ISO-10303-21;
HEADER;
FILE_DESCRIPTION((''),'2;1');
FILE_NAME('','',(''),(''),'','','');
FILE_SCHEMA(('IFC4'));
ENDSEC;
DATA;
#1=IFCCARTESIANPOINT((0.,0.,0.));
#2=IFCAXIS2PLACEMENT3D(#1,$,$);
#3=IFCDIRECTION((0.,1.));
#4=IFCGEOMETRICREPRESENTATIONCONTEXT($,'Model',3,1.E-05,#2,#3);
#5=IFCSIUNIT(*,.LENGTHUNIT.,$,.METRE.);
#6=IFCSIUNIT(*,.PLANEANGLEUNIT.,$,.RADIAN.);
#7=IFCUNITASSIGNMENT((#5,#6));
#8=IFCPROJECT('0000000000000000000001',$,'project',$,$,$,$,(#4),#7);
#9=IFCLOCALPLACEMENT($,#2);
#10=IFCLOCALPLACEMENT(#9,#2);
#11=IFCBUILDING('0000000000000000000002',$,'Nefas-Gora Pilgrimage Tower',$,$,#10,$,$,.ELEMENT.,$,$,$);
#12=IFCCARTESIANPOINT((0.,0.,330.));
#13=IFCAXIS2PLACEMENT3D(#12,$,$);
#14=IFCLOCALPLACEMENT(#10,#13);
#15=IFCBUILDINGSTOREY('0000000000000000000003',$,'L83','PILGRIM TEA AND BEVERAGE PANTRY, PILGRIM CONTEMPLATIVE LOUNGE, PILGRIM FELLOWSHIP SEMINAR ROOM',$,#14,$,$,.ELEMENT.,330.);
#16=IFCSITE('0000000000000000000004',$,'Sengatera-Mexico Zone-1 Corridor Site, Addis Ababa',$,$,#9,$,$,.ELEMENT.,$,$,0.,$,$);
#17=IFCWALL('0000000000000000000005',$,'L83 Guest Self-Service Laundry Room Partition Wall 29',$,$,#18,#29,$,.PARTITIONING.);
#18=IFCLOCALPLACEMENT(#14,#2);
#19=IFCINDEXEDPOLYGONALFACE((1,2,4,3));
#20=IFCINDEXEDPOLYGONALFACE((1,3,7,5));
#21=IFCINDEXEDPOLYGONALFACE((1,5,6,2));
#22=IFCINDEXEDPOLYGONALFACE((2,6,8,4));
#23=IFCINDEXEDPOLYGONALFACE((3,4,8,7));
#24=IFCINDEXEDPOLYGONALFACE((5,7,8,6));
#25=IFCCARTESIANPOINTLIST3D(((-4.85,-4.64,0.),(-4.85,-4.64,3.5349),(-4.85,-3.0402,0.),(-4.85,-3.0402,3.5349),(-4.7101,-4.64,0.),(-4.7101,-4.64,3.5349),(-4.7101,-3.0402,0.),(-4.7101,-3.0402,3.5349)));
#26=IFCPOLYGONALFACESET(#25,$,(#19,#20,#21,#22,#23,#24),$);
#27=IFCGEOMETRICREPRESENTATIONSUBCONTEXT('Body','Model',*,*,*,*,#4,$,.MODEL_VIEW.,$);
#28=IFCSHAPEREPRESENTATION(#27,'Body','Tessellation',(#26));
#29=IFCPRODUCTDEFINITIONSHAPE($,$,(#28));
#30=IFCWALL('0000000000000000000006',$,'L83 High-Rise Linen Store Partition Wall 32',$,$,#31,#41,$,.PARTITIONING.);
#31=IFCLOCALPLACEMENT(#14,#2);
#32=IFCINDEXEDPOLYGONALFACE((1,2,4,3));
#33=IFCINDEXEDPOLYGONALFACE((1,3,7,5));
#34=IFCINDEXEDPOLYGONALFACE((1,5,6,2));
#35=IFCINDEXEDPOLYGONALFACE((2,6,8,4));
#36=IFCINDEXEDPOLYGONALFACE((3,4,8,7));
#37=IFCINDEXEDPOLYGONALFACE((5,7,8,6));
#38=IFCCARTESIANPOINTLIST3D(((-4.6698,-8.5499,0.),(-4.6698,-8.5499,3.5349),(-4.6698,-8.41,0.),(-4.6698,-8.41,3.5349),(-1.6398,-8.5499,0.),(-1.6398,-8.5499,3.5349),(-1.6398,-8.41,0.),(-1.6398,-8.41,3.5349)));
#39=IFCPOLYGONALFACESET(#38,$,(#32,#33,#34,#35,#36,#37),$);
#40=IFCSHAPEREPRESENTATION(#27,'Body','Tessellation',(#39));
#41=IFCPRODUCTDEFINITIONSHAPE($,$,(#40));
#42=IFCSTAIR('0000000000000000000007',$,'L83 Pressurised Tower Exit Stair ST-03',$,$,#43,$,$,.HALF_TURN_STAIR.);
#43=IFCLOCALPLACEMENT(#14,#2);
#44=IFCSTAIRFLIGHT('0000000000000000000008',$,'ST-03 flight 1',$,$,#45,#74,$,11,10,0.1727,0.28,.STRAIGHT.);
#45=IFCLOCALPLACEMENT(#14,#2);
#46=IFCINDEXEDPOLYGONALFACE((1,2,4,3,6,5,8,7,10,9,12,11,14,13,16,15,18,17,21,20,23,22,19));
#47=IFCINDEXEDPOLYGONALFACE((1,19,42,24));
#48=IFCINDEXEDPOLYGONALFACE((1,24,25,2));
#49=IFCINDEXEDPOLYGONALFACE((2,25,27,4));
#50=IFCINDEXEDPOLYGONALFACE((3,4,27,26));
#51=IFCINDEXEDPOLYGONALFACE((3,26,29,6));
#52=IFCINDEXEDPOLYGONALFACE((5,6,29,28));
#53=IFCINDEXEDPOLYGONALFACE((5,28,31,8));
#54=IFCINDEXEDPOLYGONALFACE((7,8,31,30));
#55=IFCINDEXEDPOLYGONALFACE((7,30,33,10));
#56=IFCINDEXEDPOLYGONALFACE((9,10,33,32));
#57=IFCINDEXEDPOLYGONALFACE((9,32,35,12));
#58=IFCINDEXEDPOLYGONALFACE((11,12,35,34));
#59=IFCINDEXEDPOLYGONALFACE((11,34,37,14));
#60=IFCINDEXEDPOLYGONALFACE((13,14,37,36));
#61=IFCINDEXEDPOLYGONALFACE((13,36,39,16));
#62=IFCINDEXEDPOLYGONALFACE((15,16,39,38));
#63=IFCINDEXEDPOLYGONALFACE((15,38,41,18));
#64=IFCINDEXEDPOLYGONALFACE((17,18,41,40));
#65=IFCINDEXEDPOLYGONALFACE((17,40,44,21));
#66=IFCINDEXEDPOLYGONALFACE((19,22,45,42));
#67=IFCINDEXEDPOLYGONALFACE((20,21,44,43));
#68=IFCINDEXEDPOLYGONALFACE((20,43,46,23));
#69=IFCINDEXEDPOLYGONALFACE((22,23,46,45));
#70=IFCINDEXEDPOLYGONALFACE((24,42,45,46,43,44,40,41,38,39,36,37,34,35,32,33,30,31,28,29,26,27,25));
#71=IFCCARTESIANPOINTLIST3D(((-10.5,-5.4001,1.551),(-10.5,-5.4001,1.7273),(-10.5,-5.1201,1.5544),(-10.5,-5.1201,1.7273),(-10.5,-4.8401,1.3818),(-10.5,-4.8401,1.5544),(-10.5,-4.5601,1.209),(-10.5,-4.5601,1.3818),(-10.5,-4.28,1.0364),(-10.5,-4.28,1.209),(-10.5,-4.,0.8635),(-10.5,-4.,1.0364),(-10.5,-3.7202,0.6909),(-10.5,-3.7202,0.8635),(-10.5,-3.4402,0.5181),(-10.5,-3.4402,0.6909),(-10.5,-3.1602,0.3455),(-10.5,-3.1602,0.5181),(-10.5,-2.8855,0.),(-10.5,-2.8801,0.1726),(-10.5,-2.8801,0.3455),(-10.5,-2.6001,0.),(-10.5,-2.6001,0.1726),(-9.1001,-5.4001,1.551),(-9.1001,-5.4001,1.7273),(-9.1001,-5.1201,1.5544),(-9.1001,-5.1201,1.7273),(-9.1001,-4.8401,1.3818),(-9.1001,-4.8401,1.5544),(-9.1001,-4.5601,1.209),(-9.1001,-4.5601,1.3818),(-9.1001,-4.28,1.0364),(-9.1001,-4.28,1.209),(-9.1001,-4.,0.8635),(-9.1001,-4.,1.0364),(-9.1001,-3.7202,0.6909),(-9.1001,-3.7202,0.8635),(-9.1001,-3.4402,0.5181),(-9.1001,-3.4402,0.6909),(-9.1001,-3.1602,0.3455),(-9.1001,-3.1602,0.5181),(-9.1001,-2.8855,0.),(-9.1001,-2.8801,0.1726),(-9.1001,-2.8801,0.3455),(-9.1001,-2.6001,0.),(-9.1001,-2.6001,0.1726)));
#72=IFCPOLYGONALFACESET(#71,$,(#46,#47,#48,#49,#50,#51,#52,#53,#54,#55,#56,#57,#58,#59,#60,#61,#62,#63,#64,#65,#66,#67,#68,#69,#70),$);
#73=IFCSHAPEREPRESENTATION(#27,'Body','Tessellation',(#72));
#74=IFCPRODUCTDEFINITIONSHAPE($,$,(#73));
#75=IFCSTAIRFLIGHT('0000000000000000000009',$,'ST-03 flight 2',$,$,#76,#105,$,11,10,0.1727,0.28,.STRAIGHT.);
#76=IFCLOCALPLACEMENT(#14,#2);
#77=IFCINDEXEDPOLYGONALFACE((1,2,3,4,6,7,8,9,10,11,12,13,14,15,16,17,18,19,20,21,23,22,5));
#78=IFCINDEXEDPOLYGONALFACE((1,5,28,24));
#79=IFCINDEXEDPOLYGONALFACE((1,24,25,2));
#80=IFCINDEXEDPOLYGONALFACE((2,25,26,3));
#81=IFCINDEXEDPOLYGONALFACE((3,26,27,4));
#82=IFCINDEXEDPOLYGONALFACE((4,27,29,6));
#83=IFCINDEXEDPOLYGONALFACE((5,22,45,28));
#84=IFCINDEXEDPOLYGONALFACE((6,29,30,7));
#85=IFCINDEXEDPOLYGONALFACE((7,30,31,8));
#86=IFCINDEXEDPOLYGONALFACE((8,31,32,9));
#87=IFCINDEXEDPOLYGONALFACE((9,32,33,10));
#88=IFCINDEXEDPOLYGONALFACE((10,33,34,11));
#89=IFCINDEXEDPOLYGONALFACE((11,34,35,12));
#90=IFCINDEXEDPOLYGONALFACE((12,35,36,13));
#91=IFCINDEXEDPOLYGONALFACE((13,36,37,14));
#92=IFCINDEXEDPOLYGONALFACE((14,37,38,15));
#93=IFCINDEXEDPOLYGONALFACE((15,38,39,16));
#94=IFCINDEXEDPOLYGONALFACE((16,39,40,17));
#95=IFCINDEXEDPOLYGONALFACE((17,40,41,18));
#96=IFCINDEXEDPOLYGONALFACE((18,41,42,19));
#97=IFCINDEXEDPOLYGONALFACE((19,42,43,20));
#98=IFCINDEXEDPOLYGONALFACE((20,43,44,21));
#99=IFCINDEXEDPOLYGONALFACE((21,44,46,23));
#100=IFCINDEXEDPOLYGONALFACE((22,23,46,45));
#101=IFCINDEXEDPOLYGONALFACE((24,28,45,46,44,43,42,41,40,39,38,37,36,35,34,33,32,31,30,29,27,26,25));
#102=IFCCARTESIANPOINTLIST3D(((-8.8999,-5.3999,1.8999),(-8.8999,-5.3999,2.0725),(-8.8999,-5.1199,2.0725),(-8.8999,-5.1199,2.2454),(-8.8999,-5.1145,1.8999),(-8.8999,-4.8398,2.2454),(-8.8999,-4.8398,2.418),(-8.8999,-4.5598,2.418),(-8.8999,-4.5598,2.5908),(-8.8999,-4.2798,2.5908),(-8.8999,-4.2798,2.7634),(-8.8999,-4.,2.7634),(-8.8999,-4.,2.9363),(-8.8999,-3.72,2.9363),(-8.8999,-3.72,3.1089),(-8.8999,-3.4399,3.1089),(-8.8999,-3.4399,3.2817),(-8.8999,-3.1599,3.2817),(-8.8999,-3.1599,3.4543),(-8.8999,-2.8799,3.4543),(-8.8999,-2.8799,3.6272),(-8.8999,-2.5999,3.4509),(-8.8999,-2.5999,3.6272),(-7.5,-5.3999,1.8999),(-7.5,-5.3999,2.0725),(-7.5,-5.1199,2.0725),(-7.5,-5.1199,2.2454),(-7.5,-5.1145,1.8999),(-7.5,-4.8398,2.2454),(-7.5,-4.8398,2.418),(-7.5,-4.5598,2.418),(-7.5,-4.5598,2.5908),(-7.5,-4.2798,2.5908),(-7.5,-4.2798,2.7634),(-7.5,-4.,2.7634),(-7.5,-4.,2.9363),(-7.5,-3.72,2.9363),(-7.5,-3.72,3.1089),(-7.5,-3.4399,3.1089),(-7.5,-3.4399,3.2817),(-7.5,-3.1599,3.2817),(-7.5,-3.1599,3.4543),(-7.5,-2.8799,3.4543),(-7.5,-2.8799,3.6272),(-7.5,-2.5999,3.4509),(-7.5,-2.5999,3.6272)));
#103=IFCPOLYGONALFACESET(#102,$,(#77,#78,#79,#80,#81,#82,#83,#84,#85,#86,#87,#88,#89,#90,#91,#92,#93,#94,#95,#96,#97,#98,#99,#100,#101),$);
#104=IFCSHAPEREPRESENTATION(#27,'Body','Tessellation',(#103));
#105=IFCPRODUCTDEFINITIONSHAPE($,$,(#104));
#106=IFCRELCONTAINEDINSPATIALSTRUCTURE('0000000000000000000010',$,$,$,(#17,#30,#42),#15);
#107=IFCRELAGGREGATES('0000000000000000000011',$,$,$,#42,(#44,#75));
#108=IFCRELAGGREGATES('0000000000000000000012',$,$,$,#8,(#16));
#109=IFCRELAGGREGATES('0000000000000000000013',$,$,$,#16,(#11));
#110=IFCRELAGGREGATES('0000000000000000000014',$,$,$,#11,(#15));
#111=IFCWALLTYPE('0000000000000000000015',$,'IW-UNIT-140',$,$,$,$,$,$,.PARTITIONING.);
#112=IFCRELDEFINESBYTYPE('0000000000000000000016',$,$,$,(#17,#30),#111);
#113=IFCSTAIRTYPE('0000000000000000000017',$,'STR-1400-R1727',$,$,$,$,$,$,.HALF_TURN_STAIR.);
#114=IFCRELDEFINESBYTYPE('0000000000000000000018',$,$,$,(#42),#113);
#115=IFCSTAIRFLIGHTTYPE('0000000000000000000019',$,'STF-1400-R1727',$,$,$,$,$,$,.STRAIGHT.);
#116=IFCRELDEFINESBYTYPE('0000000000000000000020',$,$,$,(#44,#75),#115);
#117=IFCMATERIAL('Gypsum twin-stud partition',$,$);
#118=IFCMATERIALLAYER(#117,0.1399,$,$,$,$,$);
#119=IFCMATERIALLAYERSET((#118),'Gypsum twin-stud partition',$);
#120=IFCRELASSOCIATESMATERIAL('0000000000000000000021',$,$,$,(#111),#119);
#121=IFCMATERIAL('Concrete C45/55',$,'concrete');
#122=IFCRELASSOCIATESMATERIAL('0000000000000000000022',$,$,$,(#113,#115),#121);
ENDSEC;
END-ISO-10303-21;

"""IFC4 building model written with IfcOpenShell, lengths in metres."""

from ifc_helpers import new_model, si_unit, direction, frame, frame_2d, origin, place, context, subcontext, project, spatial, polyline, rectangle, outline, extrude, source, transform, mapped, material, layer, layer_set, type_object, element, aggregate, save


model = new_model("IFC4")

# Units and contexts
model_context = context("Model", 3, precision=1e-05, world=origin(), true_north=direction((0.0, 1.0)))
body_context = subcontext(model_context, "Body", "Model", "MODEL_VIEW")
ifc_project = project(units=[si_unit("LENGTHUNIT", "METRE"), si_unit("PLANEANGLEUNIT", "RADIAN")], contexts=[model_context])

# Site, building, storey
site_placement = place(None, origin())
site = spatial("IfcSite", under=ifc_project, at=site_placement, Name="Sengatera-Mexico Zone-1 Corridor Site, Addis Ababa", CompositionType="ELEMENT", RefElevation=0.0)
building_placement = place(site_placement, origin())
building = spatial("IfcBuilding", under=site, at=building_placement, Name="Nefas-Gora Pilgrimage Tower", CompositionType="ELEMENT")
storey_placement = place(building_placement, frame((0.0, 0.0, 330.0)))
storey = spatial("IfcBuildingStorey", under=building, at=storey_placement, Name="L83", Description="PILGRIM TEA AND BEVERAGE PANTRY, PILGRIM CONTEMPLATIVE LOUNGE, PILGRIM FELLOWSHIP SEMINAR ROOM", CompositionType="ELEMENT", Elevation=330.0)

# Shared definitions
ifc_material_1 = material(Name="Concrete C45/55", Category="concrete")

# Walls
ifc_material_2 = material(Name="Gypsum twin-stud partition")
ifc_layer_1 = layer(ifc_material_2, 0.1399)
ifc_layer_set_1 = layer_set([ifc_layer_1], Name="Gypsum twin-stud partition")
wall_type_1 = type_object("IfcWallType", Name="IW-UNIT-140", PredefinedType="PARTITIONING", material=ifc_layer_set_1)
shared_shape_1 = source(origin(), body_context, "Body", "SweptSolid", [
    extrude(rectangle(XDim=1.5999, YDim=0.1399, at=frame_2d((0.7998, 0.0))), origin(), (0.0, 0.0, 1.0), 3.5349),
])
wall_1_placement = place(storey_placement, frame((-4.78, -4.6399, 0.0), z_axis=(0.0, 0.0, 1.0), x_axis=(0.0, 1.0, 0.0)))
element("IfcWall", 1, at=wall_1_placement, inside=storey, type_object=wall_type_1, Name="L83 Guest Self-Service Laundry Room Partition Wall 29", PredefinedType="PARTITIONING", context=body_context, shape_type="MappedRepresentation", body=[
    mapped(shared_shape_1, transform((0.0, 0.0, 0.0), x_axis=(1.0, 0.0, 0.0), y_axis=(0.0, 1.0, 0.0), z_axis=(0.0, 0.0, 1.0), scale=1.0)),
])
shared_shape_2 = source(origin(), body_context, "Body", "SweptSolid", [
    extrude(rectangle(XDim=3.03, YDim=0.1399, at=frame_2d((1.5151, 0.0))), origin(), (0.0, 0.0, 1.0), 3.5349),
])
wall_2_placement = place(storey_placement, frame((-4.6699, -8.48, 0.0), z_axis=(0.0, 0.0, 1.0), x_axis=(1.0, 0.0, 0.0)))
element("IfcWall", 2, at=wall_2_placement, inside=storey, type_object=wall_type_1, Name="L83 High-Rise Linen Store Partition Wall 32", PredefinedType="PARTITIONING", context=body_context, shape_type="MappedRepresentation", body=[
    mapped(shared_shape_2, transform((0.0, 0.0, 0.0), x_axis=(1.0, 0.0, 0.0), y_axis=(0.0, 1.0, 0.0), z_axis=(0.0, 0.0, 1.0), scale=1.0)),
])

# Stair, stair flights
stair_type = type_object("IfcStairType", Name="STR-1400-R1727", PredefinedType="HALF_TURN_STAIR", material=ifc_material_1)
stair_placement = place(storey_placement, origin())
stair = element("IfcStair", 3, at=stair_placement, inside=storey, type_object=stair_type, Name="L83 Pressurised Tower Exit Stair ST-03", PredefinedType="HALF_TURN_STAIR")
stair_flight_type = type_object("IfcStairFlightType", Name="STF-1400-R1727", PredefinedType="STRAIGHT", material=ifc_material_1)
shared_shape_3 = source(origin(), body_context, "Body", "SweptSolid", [
    extrude(outline(polyline([(0.0, 0.0), (0.0, 0.1726), (0.28, 0.1726), (0.28, 0.3455), (0.5601, 0.3455), (0.5601, 0.5181), (0.8401, 0.5181), (0.8401, 0.6909), (1.1201, 0.6909), (1.1201, 0.8635), (1.3999, 0.8635), (1.3999, 1.0364), (1.6799, 1.0364), (1.6799, 1.209), (1.96, 1.209), (1.96, 1.3818), (2.24, 1.3818), (2.24, 1.5544), (2.52, 1.5544), (2.52, 1.7273), (2.8, 1.7273), (2.8, 1.8999), (2.8, 1.551), (0.2854, 0.0), (0.0, 0.0)])), frame((0.0, 0.7, 0.0), z_axis=(0.0, -1.0, 0.0), x_axis=(1.0, 0.0, 0.0)), (0.0, 0.0, 1.0), 1.3999),
])
stair_flight_1_placement = place(storey_placement, frame((-9.8, -2.6001, 0.0), z_axis=(0.0, 0.0, 1.0), x_axis=(0.0, -1.0, 0.0)))
stair_flight_1 = element("IfcStairFlight", 4, at=stair_flight_1_placement, type_object=stair_flight_type, Name="ST-03 flight 1", NumberOfRisers=11, NumberOfTreads=10, PredefinedType="STRAIGHT", RiserHeight=0.1727, TreadLength=0.28, context=body_context, shape_type="MappedRepresentation", body=[
    mapped(shared_shape_3, transform((0.0, 0.0, 0.0), x_axis=(1.0, 0.0, 0.0), y_axis=(0.0, 1.0, 0.0), z_axis=(0.0, 0.0, 1.0), scale=1.0)),
])
stair_flight_2_placement = place(storey_placement, frame((-8.2, -5.3999, 1.8999), z_axis=(0.0, 0.0, 1.0), x_axis=(0.0, 1.0, 0.0)))
stair_flight_2 = element("IfcStairFlight", 5, at=stair_flight_2_placement, type_object=stair_flight_type, Name="ST-03 flight 2", NumberOfRisers=11, NumberOfTreads=10, PredefinedType="STRAIGHT", RiserHeight=0.1727, TreadLength=0.28, context=body_context, shape_type="MappedRepresentation", body=[
    mapped(shared_shape_3, transform((0.0, 0.0, 0.0), x_axis=(1.0, 0.0, 0.0), y_axis=(0.0, 1.0, 0.0), z_axis=(0.0, 0.0, 1.0), scale=1.0)),
])
aggregate(stair, [stair_flight_1, stair_flight_2])

save(model, "model.ifc")
